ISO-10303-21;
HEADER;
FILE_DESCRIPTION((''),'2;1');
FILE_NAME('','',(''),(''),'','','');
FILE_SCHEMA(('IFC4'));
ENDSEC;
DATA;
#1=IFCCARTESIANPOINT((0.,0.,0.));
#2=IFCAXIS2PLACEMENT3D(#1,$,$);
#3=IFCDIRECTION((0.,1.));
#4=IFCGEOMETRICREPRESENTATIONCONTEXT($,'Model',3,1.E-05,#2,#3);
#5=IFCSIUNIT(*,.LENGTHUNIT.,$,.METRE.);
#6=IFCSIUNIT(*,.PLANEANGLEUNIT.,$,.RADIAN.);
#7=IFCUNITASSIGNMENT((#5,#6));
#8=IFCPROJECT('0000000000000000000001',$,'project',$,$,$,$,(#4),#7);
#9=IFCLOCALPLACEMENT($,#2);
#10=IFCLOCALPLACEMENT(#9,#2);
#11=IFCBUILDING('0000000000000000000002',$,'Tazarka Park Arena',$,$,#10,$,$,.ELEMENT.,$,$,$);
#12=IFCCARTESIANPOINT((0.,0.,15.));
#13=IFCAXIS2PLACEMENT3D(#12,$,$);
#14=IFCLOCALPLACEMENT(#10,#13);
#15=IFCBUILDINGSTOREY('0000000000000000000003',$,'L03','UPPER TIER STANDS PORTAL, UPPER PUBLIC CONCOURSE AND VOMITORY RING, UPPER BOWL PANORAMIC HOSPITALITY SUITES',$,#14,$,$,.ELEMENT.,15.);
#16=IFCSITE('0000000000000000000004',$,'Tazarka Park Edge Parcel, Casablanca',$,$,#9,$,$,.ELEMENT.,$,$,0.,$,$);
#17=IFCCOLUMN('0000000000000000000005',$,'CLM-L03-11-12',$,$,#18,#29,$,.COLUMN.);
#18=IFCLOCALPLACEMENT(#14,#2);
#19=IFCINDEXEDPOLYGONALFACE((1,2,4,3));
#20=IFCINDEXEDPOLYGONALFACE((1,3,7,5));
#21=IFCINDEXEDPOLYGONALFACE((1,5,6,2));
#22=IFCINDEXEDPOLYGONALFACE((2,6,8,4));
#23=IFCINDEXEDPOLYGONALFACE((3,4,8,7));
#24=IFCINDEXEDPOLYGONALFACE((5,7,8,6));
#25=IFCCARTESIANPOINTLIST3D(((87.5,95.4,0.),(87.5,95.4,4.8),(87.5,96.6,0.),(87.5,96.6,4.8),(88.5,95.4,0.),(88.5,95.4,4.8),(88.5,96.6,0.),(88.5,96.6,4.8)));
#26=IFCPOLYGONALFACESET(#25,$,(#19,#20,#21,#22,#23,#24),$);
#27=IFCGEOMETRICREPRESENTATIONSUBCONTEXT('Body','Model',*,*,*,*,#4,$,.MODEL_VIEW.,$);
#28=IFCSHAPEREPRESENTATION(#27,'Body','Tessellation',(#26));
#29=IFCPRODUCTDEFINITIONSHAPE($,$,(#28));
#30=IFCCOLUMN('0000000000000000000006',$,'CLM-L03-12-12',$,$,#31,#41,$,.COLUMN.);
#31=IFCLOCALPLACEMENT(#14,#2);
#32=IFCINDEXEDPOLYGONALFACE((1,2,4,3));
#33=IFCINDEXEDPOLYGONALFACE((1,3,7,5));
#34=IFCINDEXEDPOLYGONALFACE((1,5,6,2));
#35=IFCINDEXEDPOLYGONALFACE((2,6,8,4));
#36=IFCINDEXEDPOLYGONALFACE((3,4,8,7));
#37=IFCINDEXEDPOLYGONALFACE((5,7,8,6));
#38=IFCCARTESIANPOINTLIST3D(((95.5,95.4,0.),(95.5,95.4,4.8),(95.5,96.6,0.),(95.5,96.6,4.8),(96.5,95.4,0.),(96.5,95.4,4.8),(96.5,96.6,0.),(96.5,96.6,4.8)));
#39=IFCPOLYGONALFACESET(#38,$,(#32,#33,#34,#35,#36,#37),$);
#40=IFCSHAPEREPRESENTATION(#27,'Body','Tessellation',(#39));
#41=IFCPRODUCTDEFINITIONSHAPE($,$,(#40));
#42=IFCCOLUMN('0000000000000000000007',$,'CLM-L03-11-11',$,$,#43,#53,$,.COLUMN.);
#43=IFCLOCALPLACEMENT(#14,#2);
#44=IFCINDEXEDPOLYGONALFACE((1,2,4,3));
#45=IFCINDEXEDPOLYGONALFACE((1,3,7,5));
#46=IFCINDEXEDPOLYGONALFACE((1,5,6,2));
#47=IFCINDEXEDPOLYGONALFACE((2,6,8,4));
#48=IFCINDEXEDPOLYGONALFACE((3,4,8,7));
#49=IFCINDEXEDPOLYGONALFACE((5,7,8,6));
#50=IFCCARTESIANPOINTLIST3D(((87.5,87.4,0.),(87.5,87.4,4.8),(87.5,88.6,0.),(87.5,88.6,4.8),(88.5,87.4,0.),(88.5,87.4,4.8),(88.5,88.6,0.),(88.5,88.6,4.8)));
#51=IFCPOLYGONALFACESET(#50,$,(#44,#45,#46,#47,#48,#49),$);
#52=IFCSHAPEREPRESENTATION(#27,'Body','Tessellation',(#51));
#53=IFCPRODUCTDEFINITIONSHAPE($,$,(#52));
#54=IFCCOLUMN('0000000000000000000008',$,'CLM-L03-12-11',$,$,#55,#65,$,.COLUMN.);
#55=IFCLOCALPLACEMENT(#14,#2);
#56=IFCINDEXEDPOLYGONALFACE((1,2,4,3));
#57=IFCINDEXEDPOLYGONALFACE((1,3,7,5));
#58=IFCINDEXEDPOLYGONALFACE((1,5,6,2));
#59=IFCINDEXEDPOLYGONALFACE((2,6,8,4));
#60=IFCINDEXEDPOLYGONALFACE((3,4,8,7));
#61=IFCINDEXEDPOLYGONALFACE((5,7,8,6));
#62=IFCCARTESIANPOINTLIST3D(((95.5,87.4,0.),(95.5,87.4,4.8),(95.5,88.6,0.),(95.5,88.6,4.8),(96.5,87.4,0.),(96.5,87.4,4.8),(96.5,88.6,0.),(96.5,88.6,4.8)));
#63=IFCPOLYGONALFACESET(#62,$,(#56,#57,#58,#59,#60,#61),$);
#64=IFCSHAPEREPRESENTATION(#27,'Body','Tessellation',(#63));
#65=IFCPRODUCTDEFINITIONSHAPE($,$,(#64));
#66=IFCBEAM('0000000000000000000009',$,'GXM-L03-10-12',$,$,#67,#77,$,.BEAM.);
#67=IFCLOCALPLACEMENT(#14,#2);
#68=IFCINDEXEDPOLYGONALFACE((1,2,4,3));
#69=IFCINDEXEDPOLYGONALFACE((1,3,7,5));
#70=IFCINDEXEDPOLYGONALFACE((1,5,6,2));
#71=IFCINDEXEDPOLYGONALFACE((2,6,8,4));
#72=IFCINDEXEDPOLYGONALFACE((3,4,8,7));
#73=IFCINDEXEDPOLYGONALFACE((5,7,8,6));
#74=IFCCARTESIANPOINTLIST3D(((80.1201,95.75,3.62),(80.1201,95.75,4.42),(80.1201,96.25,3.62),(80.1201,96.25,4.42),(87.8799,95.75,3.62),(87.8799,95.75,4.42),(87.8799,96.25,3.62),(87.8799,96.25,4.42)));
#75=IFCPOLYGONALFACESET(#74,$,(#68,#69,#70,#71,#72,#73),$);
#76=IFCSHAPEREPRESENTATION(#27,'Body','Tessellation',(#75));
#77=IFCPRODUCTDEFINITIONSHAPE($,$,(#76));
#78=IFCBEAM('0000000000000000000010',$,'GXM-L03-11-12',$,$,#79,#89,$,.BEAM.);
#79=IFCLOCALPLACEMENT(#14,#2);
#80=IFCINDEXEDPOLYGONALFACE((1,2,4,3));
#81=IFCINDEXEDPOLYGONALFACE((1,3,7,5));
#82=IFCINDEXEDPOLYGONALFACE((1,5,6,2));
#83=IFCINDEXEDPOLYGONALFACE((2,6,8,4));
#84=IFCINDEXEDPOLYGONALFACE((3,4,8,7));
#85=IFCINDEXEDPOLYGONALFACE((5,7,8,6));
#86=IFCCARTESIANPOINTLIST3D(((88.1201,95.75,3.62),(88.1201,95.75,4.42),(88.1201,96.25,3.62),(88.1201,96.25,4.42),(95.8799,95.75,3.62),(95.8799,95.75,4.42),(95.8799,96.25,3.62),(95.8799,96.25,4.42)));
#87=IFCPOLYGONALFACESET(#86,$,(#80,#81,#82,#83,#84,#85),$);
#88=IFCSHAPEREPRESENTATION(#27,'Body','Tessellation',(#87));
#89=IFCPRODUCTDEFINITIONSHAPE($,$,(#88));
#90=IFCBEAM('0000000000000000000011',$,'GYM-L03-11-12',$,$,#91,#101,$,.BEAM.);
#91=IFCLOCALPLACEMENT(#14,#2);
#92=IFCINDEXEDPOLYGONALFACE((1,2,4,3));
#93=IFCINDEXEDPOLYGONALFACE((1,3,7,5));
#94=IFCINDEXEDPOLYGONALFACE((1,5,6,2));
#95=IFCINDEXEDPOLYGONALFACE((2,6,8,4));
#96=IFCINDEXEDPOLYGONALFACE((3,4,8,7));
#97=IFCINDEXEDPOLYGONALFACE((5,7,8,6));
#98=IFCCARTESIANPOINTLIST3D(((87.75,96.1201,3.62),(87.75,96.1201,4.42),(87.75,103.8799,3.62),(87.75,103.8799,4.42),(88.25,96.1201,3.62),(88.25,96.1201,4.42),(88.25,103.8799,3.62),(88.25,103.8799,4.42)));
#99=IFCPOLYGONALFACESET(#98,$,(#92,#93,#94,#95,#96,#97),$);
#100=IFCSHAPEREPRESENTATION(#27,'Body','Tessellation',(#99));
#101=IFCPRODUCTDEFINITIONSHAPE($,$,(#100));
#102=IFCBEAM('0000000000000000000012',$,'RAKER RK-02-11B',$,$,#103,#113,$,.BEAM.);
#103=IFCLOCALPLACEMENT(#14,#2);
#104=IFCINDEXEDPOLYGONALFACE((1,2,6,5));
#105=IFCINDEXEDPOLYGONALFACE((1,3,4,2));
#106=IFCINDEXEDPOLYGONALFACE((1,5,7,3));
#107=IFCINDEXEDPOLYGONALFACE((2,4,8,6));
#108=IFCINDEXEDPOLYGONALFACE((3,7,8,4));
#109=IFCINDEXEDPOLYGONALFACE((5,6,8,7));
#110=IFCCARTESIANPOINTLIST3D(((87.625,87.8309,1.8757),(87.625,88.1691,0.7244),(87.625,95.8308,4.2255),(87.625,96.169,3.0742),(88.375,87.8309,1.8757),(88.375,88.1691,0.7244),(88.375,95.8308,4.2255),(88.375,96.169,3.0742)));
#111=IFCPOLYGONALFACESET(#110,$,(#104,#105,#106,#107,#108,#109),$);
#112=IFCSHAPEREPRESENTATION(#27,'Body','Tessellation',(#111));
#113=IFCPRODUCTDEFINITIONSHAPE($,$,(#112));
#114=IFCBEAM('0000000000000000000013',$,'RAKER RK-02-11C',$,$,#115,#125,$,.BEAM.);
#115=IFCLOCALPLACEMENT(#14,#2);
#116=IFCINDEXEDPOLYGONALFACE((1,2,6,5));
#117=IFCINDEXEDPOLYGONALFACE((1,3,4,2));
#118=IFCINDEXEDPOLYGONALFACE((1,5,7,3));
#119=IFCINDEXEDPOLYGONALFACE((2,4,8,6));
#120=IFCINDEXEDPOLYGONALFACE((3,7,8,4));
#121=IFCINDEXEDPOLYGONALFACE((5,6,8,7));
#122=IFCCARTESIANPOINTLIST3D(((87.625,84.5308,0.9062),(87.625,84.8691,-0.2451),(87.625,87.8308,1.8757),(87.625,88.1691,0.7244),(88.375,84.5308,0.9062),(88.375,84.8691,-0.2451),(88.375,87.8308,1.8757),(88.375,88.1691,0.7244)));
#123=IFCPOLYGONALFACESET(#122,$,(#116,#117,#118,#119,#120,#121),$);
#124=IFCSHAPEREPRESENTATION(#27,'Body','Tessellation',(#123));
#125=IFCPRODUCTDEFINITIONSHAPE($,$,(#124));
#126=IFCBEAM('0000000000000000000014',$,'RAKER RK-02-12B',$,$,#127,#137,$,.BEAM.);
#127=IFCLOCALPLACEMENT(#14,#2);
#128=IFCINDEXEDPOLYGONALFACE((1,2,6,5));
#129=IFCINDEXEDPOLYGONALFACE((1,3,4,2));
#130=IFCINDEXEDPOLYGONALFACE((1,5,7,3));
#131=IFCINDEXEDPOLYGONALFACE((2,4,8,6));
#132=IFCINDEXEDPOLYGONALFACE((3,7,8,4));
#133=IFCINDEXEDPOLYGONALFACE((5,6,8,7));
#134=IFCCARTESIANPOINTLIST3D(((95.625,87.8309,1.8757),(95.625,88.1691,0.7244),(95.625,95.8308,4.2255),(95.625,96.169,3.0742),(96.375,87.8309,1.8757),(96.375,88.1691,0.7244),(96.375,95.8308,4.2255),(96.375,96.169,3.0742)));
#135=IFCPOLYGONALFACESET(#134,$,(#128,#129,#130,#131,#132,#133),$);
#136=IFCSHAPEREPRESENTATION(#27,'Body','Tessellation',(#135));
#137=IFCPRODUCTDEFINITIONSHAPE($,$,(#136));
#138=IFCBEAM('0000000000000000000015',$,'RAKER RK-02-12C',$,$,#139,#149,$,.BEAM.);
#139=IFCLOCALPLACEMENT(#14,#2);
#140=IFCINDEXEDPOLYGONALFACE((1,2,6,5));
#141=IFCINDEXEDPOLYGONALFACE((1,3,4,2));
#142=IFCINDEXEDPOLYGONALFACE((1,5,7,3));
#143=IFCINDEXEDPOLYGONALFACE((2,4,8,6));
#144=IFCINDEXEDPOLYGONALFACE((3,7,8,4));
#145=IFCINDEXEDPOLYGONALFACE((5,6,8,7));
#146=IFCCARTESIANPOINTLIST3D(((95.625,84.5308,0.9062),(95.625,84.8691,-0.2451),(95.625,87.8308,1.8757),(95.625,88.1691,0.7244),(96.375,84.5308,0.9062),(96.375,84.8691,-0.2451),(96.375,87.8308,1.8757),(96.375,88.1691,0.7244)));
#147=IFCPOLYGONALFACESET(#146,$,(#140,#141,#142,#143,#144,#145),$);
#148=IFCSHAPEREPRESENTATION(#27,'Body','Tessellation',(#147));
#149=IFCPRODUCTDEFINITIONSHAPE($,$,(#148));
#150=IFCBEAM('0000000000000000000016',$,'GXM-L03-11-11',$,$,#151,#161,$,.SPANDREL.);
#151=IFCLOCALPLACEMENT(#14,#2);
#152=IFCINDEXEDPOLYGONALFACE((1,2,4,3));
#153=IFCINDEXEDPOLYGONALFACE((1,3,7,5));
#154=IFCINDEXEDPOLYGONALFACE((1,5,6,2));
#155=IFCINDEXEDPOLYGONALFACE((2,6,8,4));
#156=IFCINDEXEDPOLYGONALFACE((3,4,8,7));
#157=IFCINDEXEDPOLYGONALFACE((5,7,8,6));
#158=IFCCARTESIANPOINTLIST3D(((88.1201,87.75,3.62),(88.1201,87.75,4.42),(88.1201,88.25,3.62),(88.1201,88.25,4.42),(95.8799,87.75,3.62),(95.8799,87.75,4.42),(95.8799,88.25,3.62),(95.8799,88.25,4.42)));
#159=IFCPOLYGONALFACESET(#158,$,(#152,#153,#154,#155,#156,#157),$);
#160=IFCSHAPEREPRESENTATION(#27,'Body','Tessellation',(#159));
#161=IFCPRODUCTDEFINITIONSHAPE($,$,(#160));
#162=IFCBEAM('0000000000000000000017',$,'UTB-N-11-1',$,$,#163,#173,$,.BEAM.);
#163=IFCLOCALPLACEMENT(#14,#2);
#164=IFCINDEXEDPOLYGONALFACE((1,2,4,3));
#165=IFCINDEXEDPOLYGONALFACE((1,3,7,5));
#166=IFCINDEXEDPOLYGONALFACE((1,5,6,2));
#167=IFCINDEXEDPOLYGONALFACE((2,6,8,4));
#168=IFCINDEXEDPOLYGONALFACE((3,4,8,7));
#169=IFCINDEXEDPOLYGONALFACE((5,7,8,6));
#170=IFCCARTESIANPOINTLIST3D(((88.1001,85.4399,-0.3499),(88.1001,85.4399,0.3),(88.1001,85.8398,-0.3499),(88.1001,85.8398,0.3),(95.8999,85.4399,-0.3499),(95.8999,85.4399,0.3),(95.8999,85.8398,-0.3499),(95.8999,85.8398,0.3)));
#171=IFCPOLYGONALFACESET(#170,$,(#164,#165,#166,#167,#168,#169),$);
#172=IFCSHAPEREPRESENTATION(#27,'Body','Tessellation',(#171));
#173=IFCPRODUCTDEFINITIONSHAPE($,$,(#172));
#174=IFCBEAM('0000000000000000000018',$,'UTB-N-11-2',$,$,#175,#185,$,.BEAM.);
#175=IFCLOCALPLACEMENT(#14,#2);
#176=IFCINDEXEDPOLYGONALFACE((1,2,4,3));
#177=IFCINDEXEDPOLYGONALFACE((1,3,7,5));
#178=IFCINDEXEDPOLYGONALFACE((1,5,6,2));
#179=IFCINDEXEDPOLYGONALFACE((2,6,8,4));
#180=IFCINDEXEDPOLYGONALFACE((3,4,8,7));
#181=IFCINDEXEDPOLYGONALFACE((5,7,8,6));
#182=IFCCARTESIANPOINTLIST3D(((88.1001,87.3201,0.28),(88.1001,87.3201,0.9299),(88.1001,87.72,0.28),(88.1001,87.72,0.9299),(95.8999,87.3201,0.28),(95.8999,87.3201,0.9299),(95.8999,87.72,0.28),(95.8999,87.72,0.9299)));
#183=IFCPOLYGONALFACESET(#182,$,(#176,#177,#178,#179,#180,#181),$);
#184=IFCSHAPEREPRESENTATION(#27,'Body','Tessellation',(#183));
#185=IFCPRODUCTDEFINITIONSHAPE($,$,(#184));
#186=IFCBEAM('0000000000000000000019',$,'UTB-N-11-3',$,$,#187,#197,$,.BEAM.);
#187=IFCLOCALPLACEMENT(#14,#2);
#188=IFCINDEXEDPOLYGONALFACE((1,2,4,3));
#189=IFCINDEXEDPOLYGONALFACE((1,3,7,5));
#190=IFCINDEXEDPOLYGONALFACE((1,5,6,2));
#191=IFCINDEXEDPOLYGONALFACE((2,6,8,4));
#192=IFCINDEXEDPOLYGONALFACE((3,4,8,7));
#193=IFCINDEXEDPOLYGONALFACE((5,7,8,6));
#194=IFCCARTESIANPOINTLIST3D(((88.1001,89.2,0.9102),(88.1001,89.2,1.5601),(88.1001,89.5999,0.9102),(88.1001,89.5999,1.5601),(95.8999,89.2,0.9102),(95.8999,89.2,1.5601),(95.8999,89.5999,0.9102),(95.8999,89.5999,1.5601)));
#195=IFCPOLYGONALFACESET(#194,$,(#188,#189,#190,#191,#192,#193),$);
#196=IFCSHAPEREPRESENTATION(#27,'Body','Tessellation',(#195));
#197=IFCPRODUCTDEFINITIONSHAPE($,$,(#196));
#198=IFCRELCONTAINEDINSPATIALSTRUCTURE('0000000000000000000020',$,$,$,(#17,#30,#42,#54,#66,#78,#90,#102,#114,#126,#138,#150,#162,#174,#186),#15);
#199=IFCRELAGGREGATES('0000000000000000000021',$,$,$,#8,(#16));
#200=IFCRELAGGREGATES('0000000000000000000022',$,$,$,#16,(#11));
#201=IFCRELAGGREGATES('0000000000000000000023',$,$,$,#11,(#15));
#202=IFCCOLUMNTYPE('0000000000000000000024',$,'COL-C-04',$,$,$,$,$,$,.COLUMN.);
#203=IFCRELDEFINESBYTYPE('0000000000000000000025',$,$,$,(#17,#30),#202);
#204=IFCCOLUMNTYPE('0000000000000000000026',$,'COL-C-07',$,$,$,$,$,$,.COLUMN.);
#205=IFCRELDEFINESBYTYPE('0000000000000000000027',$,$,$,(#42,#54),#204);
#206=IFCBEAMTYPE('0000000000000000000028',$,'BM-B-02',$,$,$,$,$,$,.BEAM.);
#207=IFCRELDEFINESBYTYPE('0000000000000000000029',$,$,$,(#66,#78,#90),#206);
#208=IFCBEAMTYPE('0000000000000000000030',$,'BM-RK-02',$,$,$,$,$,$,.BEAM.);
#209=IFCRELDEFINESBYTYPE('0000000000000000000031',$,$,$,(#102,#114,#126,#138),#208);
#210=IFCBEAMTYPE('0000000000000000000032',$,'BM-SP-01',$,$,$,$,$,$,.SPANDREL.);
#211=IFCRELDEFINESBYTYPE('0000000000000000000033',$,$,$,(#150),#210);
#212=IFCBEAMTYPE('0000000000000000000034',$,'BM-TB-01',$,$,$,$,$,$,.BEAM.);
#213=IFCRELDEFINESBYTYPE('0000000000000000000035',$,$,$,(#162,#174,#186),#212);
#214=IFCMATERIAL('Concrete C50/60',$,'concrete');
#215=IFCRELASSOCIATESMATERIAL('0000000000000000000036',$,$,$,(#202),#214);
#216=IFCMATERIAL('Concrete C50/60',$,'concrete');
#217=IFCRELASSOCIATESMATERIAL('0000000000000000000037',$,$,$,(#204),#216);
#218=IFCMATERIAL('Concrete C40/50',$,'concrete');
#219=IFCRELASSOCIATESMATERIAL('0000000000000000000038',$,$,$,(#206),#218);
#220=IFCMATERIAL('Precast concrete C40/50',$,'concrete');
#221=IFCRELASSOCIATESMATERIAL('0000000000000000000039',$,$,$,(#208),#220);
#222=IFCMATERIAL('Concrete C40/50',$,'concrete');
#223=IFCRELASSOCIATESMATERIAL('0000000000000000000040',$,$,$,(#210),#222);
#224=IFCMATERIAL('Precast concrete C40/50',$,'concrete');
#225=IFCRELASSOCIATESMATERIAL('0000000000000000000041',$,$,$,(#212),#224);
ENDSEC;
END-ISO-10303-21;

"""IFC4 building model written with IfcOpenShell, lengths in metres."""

from ifc_helpers import new_model, si_unit, direction, frame, origin, origin_2d, place, context, subcontext, project, spatial, rectangle, extrude, material, material_profile, profile_set, type_object, element, save


model = new_model("IFC4")

# Units and contexts
model_context = context("Model", 3, precision=1e-05, world=origin(), true_north=direction((0.0, 1.0)))
body_context = subcontext(model_context, "Body", "Model", "MODEL_VIEW")
ifc_project = project(units=[si_unit("LENGTHUNIT", "METRE"), si_unit("PLANEANGLEUNIT", "RADIAN")], contexts=[model_context])

# Site, building, storey
site_placement = place(None, origin())
site = spatial("IfcSite", under=ifc_project, at=site_placement, Name="Tazarka Park Edge Parcel, Casablanca", CompositionType="ELEMENT", RefElevation=0.0)
building_placement = place(site_placement, origin())
building = spatial("IfcBuilding", under=site, at=building_placement, Name="Tazarka Park Arena", CompositionType="ELEMENT")
storey_placement = place(building_placement, frame((0.0, 0.0, 15.0)))
storey = spatial("IfcBuildingStorey", under=building, at=storey_placement, Name="L03", Description="UPPER TIER STANDS PORTAL, UPPER PUBLIC CONCOURSE AND VOMITORY RING, UPPER BOWL PANORAMIC HOSPITALITY SUITES", CompositionType="ELEMENT", Elevation=15.0)

# Columns
ifc_material_1 = material(Name="Concrete C50/60", Category="concrete")
ifc_material_profile_1 = material_profile(ifc_material_1, rectangle(XDim=1.0, YDim=1.2, at=origin_2d()), Name="Concrete C50/60")
ifc_profile_set_1 = profile_set([ifc_material_profile_1], Name="Concrete C50/60")
column_type_1 = type_object("IfcColumnType", Name="COL-C-04", PredefinedType="COLUMN", material=ifc_profile_set_1)
for number, where, z_axis, x_axis, name in (
    (1, (88.0, 96.0, 0.0), (0.0, 0.0, 1.0), (1.0, 0.0, 0.0), "CLM-L03-11-12"),
    (2, (96.0, 96.0, 0.0), (0.0, 0.0, 1.0), (1.0, 0.0, 0.0), "CLM-L03-12-12"),
):
    element("IfcColumn", number, at=place(storey_placement, frame(where, z_axis=z_axis, x_axis=x_axis)), inside=storey, type_object=column_type_1, Name=name, PredefinedType="COLUMN", context=body_context, shape_type="SweptSolid", body=[
        extrude(rectangle(XDim=1.0, YDim=1.2, at=origin_2d()), origin(), (0.0, 0.0, 1.0), 4.8),
    ])
ifc_material_2 = material(Name="Concrete C50/60", Category="concrete")
ifc_material_profile_2 = material_profile(ifc_material_2, rectangle(XDim=1.0, YDim=1.2, at=origin_2d()), Name="Concrete C50/60")
ifc_profile_set_2 = profile_set([ifc_material_profile_2], Name="Concrete C50/60")
column_type_2 = type_object("IfcColumnType", Name="COL-C-07", PredefinedType="COLUMN", material=ifc_profile_set_2)
for number, where, z_axis, x_axis, name in (
    (3, (88.0, 88.0, 0.0), (0.0, 0.0, 1.0), (1.0, 0.0, 0.0), "CLM-L03-11-11"),
    (4, (96.0, 88.0, 0.0), (0.0, 0.0, 1.0), (1.0, 0.0, 0.0), "CLM-L03-12-11"),
):
    element("IfcColumn", number, at=place(storey_placement, frame(where, z_axis=z_axis, x_axis=x_axis)), inside=storey, type_object=column_type_2, Name=name, PredefinedType="COLUMN", context=body_context, shape_type="SweptSolid", body=[
        extrude(rectangle(XDim=1.0, YDim=1.2, at=origin_2d()), origin(), (0.0, 0.0, 1.0), 4.8),
    ])

# Beams
ifc_material_3 = material(Name="Concrete C40/50", Category="concrete")
ifc_material_profile_3 = material_profile(ifc_material_3, rectangle(XDim=0.5, YDim=0.8, at=origin_2d()), Name="Concrete C40/50")
ifc_profile_set_3 = profile_set([ifc_material_profile_3], Name="Concrete C40/50")
beam_type_1 = type_object("IfcBeamType", Name="BM-B-02", PredefinedType="BEAM", material=ifc_profile_set_3)
for number, where, z_axis, x_axis, name in (
    (5, (80.1201, 96.0, 4.02), (1.0, 0.0, 0.0), (0.0, 1.0, 0.0), "GXM-L03-10-12"),
    (6, (88.1201, 96.0, 4.02), (1.0, 0.0, 0.0), (0.0, 1.0, 0.0), "GXM-L03-11-12"),
    (7, (88.0, 96.1201, 4.02), (0.0, 1.0, 0.0), (-1.0, 0.0, 0.0), "GYM-L03-11-12"),
):
    element("IfcBeam", number, at=place(storey_placement, frame(where, z_axis=z_axis, x_axis=x_axis)), inside=storey, type_object=beam_type_1, Name=name, PredefinedType="BEAM", context=body_context, shape_type="SweptSolid", body=[
        extrude(rectangle(XDim=0.5, YDim=0.8, at=origin_2d()), origin(), (0.0, 0.0, 1.0), 7.7598),
    ])
ifc_material_4 = material(Name="Precast concrete C40/50", Category="concrete")
ifc_material_profile_4 = material_profile(ifc_material_4, rectangle(XDim=0.75, YDim=1.2, at=origin_2d()), Name="Precast concrete C40/50")
ifc_profile_set_4 = profile_set([ifc_material_profile_4], Name="Precast concrete C40/50")
beam_type_2 = type_object("IfcBeamType", Name="BM-RK-02", PredefinedType="BEAM", material=ifc_profile_set_4)
beam_1_placement = place(storey_placement, frame((88.0, 88.0, 1.3), z_axis=(0.0, 0.959466, 0.281825), x_axis=(-1.0, 0.0, 0.0)))
element("IfcBeam", 8, at=beam_1_placement, inside=storey, type_object=beam_type_2, Name="RAKER RK-02-11B", PredefinedType="BEAM", context=body_context, shape_type="SweptSolid", body=[
    extrude(rectangle(XDim=0.75, YDim=1.2, at=origin_2d()), origin(), (0.0, 0.0, 1.0), 8.3379),
])
beam_2_placement = place(storey_placement, frame((88.0, 84.7, 0.3306), z_axis=(0.0, 0.959454, 0.281867), x_axis=(-1.0, 0.0, 0.0)))
element("IfcBeam", 9, at=beam_2_placement, inside=storey, type_object=beam_type_2, Name="RAKER RK-02-11C", PredefinedType="BEAM", context=body_context, shape_type="SweptSolid", body=[
    extrude(rectangle(XDim=0.75, YDim=1.2, at=origin_2d()), origin(), (0.0, 0.0, 1.0), 3.4395),
])
beam_3_placement = place(storey_placement, frame((96.0, 88.0, 1.3), z_axis=(0.0, 0.959466, 0.281825), x_axis=(-1.0, 0.0, 0.0)))
element("IfcBeam", 10, at=beam_3_placement, inside=storey, type_object=beam_type_2, Name="RAKER RK-02-12B", PredefinedType="BEAM", context=body_context, shape_type="SweptSolid", body=[
    extrude(rectangle(XDim=0.75, YDim=1.2, at=origin_2d()), origin(), (0.0, 0.0, 1.0), 8.3379),
])
beam_4_placement = place(storey_placement, frame((96.0, 84.7, 0.3306), z_axis=(0.0, 0.959454, 0.281867), x_axis=(-1.0, 0.0, 0.0)))
element("IfcBeam", 11, at=beam_4_placement, inside=storey, type_object=beam_type_2, Name="RAKER RK-02-12C", PredefinedType="BEAM", context=body_context, shape_type="SweptSolid", body=[
    extrude(rectangle(XDim=0.75, YDim=1.2, at=origin_2d()), origin(), (0.0, 0.0, 1.0), 3.4395),
])
ifc_material_5 = material(Name="Concrete C40/50", Category="concrete")
ifc_material_profile_5 = material_profile(ifc_material_5, rectangle(XDim=0.5, YDim=0.8, at=origin_2d()), Name="Concrete C40/50")
ifc_profile_set_5 = profile_set([ifc_material_profile_5], Name="Concrete C40/50")
beam_type_3 = type_object("IfcBeamType", Name="BM-SP-01", PredefinedType="SPANDREL", material=ifc_profile_set_5)
beam_5_placement = place(storey_placement, frame((88.1201, 88.0, 4.02), z_axis=(1.0, 0.0, 0.0), x_axis=(0.0, 1.0, 0.0)))
element("IfcBeam", 12, at=beam_5_placement, inside=storey, type_object=beam_type_3, Name="GXM-L03-11-11", PredefinedType="SPANDREL", context=body_context, shape_type="SweptSolid", body=[
    extrude(rectangle(XDim=0.5, YDim=0.8, at=origin_2d()), origin(), (0.0, 0.0, 1.0), 7.7598),
])
ifc_material_6 = material(Name="Precast concrete C40/50", Category="concrete")
ifc_material_profile_6 = material_profile(ifc_material_6, rectangle(XDim=0.3999, YDim=0.6499, at=origin_2d()), Name="Precast concrete C40/50")
ifc_profile_set_6 = profile_set([ifc_material_profile_6], Name="Precast concrete C40/50")
beam_type_4 = type_object("IfcBeamType", Name="BM-TB-01", PredefinedType="BEAM", material=ifc_profile_set_6)
for number, where, z_axis, x_axis, name in (
    (13, (88.1001, 85.6399, -0.0249), (1.0, 0.0, 0.0), (0.0, 1.0, 0.0), "UTB-N-11-1"),
    (14, (88.1001, 87.52, 0.605), (1.0, 0.0, 0.0), (0.0, 1.0, 0.0), "UTB-N-11-2"),
    (15, (88.1001, 89.3999, 1.2351), (1.0, 0.0, 0.0), (0.0, 1.0, 0.0), "UTB-N-11-3"),
):
    element("IfcBeam", number, at=place(storey_placement, frame(where, z_axis=z_axis, x_axis=x_axis)), inside=storey, type_object=beam_type_4, Name=name, PredefinedType="BEAM", context=body_context, shape_type="SweptSolid", body=[
        extrude(rectangle(XDim=0.3999, YDim=0.6499, at=origin_2d()), origin(), (0.0, 0.0, 1.0), 7.7998),
    ])

save(model, "model.ifc")
